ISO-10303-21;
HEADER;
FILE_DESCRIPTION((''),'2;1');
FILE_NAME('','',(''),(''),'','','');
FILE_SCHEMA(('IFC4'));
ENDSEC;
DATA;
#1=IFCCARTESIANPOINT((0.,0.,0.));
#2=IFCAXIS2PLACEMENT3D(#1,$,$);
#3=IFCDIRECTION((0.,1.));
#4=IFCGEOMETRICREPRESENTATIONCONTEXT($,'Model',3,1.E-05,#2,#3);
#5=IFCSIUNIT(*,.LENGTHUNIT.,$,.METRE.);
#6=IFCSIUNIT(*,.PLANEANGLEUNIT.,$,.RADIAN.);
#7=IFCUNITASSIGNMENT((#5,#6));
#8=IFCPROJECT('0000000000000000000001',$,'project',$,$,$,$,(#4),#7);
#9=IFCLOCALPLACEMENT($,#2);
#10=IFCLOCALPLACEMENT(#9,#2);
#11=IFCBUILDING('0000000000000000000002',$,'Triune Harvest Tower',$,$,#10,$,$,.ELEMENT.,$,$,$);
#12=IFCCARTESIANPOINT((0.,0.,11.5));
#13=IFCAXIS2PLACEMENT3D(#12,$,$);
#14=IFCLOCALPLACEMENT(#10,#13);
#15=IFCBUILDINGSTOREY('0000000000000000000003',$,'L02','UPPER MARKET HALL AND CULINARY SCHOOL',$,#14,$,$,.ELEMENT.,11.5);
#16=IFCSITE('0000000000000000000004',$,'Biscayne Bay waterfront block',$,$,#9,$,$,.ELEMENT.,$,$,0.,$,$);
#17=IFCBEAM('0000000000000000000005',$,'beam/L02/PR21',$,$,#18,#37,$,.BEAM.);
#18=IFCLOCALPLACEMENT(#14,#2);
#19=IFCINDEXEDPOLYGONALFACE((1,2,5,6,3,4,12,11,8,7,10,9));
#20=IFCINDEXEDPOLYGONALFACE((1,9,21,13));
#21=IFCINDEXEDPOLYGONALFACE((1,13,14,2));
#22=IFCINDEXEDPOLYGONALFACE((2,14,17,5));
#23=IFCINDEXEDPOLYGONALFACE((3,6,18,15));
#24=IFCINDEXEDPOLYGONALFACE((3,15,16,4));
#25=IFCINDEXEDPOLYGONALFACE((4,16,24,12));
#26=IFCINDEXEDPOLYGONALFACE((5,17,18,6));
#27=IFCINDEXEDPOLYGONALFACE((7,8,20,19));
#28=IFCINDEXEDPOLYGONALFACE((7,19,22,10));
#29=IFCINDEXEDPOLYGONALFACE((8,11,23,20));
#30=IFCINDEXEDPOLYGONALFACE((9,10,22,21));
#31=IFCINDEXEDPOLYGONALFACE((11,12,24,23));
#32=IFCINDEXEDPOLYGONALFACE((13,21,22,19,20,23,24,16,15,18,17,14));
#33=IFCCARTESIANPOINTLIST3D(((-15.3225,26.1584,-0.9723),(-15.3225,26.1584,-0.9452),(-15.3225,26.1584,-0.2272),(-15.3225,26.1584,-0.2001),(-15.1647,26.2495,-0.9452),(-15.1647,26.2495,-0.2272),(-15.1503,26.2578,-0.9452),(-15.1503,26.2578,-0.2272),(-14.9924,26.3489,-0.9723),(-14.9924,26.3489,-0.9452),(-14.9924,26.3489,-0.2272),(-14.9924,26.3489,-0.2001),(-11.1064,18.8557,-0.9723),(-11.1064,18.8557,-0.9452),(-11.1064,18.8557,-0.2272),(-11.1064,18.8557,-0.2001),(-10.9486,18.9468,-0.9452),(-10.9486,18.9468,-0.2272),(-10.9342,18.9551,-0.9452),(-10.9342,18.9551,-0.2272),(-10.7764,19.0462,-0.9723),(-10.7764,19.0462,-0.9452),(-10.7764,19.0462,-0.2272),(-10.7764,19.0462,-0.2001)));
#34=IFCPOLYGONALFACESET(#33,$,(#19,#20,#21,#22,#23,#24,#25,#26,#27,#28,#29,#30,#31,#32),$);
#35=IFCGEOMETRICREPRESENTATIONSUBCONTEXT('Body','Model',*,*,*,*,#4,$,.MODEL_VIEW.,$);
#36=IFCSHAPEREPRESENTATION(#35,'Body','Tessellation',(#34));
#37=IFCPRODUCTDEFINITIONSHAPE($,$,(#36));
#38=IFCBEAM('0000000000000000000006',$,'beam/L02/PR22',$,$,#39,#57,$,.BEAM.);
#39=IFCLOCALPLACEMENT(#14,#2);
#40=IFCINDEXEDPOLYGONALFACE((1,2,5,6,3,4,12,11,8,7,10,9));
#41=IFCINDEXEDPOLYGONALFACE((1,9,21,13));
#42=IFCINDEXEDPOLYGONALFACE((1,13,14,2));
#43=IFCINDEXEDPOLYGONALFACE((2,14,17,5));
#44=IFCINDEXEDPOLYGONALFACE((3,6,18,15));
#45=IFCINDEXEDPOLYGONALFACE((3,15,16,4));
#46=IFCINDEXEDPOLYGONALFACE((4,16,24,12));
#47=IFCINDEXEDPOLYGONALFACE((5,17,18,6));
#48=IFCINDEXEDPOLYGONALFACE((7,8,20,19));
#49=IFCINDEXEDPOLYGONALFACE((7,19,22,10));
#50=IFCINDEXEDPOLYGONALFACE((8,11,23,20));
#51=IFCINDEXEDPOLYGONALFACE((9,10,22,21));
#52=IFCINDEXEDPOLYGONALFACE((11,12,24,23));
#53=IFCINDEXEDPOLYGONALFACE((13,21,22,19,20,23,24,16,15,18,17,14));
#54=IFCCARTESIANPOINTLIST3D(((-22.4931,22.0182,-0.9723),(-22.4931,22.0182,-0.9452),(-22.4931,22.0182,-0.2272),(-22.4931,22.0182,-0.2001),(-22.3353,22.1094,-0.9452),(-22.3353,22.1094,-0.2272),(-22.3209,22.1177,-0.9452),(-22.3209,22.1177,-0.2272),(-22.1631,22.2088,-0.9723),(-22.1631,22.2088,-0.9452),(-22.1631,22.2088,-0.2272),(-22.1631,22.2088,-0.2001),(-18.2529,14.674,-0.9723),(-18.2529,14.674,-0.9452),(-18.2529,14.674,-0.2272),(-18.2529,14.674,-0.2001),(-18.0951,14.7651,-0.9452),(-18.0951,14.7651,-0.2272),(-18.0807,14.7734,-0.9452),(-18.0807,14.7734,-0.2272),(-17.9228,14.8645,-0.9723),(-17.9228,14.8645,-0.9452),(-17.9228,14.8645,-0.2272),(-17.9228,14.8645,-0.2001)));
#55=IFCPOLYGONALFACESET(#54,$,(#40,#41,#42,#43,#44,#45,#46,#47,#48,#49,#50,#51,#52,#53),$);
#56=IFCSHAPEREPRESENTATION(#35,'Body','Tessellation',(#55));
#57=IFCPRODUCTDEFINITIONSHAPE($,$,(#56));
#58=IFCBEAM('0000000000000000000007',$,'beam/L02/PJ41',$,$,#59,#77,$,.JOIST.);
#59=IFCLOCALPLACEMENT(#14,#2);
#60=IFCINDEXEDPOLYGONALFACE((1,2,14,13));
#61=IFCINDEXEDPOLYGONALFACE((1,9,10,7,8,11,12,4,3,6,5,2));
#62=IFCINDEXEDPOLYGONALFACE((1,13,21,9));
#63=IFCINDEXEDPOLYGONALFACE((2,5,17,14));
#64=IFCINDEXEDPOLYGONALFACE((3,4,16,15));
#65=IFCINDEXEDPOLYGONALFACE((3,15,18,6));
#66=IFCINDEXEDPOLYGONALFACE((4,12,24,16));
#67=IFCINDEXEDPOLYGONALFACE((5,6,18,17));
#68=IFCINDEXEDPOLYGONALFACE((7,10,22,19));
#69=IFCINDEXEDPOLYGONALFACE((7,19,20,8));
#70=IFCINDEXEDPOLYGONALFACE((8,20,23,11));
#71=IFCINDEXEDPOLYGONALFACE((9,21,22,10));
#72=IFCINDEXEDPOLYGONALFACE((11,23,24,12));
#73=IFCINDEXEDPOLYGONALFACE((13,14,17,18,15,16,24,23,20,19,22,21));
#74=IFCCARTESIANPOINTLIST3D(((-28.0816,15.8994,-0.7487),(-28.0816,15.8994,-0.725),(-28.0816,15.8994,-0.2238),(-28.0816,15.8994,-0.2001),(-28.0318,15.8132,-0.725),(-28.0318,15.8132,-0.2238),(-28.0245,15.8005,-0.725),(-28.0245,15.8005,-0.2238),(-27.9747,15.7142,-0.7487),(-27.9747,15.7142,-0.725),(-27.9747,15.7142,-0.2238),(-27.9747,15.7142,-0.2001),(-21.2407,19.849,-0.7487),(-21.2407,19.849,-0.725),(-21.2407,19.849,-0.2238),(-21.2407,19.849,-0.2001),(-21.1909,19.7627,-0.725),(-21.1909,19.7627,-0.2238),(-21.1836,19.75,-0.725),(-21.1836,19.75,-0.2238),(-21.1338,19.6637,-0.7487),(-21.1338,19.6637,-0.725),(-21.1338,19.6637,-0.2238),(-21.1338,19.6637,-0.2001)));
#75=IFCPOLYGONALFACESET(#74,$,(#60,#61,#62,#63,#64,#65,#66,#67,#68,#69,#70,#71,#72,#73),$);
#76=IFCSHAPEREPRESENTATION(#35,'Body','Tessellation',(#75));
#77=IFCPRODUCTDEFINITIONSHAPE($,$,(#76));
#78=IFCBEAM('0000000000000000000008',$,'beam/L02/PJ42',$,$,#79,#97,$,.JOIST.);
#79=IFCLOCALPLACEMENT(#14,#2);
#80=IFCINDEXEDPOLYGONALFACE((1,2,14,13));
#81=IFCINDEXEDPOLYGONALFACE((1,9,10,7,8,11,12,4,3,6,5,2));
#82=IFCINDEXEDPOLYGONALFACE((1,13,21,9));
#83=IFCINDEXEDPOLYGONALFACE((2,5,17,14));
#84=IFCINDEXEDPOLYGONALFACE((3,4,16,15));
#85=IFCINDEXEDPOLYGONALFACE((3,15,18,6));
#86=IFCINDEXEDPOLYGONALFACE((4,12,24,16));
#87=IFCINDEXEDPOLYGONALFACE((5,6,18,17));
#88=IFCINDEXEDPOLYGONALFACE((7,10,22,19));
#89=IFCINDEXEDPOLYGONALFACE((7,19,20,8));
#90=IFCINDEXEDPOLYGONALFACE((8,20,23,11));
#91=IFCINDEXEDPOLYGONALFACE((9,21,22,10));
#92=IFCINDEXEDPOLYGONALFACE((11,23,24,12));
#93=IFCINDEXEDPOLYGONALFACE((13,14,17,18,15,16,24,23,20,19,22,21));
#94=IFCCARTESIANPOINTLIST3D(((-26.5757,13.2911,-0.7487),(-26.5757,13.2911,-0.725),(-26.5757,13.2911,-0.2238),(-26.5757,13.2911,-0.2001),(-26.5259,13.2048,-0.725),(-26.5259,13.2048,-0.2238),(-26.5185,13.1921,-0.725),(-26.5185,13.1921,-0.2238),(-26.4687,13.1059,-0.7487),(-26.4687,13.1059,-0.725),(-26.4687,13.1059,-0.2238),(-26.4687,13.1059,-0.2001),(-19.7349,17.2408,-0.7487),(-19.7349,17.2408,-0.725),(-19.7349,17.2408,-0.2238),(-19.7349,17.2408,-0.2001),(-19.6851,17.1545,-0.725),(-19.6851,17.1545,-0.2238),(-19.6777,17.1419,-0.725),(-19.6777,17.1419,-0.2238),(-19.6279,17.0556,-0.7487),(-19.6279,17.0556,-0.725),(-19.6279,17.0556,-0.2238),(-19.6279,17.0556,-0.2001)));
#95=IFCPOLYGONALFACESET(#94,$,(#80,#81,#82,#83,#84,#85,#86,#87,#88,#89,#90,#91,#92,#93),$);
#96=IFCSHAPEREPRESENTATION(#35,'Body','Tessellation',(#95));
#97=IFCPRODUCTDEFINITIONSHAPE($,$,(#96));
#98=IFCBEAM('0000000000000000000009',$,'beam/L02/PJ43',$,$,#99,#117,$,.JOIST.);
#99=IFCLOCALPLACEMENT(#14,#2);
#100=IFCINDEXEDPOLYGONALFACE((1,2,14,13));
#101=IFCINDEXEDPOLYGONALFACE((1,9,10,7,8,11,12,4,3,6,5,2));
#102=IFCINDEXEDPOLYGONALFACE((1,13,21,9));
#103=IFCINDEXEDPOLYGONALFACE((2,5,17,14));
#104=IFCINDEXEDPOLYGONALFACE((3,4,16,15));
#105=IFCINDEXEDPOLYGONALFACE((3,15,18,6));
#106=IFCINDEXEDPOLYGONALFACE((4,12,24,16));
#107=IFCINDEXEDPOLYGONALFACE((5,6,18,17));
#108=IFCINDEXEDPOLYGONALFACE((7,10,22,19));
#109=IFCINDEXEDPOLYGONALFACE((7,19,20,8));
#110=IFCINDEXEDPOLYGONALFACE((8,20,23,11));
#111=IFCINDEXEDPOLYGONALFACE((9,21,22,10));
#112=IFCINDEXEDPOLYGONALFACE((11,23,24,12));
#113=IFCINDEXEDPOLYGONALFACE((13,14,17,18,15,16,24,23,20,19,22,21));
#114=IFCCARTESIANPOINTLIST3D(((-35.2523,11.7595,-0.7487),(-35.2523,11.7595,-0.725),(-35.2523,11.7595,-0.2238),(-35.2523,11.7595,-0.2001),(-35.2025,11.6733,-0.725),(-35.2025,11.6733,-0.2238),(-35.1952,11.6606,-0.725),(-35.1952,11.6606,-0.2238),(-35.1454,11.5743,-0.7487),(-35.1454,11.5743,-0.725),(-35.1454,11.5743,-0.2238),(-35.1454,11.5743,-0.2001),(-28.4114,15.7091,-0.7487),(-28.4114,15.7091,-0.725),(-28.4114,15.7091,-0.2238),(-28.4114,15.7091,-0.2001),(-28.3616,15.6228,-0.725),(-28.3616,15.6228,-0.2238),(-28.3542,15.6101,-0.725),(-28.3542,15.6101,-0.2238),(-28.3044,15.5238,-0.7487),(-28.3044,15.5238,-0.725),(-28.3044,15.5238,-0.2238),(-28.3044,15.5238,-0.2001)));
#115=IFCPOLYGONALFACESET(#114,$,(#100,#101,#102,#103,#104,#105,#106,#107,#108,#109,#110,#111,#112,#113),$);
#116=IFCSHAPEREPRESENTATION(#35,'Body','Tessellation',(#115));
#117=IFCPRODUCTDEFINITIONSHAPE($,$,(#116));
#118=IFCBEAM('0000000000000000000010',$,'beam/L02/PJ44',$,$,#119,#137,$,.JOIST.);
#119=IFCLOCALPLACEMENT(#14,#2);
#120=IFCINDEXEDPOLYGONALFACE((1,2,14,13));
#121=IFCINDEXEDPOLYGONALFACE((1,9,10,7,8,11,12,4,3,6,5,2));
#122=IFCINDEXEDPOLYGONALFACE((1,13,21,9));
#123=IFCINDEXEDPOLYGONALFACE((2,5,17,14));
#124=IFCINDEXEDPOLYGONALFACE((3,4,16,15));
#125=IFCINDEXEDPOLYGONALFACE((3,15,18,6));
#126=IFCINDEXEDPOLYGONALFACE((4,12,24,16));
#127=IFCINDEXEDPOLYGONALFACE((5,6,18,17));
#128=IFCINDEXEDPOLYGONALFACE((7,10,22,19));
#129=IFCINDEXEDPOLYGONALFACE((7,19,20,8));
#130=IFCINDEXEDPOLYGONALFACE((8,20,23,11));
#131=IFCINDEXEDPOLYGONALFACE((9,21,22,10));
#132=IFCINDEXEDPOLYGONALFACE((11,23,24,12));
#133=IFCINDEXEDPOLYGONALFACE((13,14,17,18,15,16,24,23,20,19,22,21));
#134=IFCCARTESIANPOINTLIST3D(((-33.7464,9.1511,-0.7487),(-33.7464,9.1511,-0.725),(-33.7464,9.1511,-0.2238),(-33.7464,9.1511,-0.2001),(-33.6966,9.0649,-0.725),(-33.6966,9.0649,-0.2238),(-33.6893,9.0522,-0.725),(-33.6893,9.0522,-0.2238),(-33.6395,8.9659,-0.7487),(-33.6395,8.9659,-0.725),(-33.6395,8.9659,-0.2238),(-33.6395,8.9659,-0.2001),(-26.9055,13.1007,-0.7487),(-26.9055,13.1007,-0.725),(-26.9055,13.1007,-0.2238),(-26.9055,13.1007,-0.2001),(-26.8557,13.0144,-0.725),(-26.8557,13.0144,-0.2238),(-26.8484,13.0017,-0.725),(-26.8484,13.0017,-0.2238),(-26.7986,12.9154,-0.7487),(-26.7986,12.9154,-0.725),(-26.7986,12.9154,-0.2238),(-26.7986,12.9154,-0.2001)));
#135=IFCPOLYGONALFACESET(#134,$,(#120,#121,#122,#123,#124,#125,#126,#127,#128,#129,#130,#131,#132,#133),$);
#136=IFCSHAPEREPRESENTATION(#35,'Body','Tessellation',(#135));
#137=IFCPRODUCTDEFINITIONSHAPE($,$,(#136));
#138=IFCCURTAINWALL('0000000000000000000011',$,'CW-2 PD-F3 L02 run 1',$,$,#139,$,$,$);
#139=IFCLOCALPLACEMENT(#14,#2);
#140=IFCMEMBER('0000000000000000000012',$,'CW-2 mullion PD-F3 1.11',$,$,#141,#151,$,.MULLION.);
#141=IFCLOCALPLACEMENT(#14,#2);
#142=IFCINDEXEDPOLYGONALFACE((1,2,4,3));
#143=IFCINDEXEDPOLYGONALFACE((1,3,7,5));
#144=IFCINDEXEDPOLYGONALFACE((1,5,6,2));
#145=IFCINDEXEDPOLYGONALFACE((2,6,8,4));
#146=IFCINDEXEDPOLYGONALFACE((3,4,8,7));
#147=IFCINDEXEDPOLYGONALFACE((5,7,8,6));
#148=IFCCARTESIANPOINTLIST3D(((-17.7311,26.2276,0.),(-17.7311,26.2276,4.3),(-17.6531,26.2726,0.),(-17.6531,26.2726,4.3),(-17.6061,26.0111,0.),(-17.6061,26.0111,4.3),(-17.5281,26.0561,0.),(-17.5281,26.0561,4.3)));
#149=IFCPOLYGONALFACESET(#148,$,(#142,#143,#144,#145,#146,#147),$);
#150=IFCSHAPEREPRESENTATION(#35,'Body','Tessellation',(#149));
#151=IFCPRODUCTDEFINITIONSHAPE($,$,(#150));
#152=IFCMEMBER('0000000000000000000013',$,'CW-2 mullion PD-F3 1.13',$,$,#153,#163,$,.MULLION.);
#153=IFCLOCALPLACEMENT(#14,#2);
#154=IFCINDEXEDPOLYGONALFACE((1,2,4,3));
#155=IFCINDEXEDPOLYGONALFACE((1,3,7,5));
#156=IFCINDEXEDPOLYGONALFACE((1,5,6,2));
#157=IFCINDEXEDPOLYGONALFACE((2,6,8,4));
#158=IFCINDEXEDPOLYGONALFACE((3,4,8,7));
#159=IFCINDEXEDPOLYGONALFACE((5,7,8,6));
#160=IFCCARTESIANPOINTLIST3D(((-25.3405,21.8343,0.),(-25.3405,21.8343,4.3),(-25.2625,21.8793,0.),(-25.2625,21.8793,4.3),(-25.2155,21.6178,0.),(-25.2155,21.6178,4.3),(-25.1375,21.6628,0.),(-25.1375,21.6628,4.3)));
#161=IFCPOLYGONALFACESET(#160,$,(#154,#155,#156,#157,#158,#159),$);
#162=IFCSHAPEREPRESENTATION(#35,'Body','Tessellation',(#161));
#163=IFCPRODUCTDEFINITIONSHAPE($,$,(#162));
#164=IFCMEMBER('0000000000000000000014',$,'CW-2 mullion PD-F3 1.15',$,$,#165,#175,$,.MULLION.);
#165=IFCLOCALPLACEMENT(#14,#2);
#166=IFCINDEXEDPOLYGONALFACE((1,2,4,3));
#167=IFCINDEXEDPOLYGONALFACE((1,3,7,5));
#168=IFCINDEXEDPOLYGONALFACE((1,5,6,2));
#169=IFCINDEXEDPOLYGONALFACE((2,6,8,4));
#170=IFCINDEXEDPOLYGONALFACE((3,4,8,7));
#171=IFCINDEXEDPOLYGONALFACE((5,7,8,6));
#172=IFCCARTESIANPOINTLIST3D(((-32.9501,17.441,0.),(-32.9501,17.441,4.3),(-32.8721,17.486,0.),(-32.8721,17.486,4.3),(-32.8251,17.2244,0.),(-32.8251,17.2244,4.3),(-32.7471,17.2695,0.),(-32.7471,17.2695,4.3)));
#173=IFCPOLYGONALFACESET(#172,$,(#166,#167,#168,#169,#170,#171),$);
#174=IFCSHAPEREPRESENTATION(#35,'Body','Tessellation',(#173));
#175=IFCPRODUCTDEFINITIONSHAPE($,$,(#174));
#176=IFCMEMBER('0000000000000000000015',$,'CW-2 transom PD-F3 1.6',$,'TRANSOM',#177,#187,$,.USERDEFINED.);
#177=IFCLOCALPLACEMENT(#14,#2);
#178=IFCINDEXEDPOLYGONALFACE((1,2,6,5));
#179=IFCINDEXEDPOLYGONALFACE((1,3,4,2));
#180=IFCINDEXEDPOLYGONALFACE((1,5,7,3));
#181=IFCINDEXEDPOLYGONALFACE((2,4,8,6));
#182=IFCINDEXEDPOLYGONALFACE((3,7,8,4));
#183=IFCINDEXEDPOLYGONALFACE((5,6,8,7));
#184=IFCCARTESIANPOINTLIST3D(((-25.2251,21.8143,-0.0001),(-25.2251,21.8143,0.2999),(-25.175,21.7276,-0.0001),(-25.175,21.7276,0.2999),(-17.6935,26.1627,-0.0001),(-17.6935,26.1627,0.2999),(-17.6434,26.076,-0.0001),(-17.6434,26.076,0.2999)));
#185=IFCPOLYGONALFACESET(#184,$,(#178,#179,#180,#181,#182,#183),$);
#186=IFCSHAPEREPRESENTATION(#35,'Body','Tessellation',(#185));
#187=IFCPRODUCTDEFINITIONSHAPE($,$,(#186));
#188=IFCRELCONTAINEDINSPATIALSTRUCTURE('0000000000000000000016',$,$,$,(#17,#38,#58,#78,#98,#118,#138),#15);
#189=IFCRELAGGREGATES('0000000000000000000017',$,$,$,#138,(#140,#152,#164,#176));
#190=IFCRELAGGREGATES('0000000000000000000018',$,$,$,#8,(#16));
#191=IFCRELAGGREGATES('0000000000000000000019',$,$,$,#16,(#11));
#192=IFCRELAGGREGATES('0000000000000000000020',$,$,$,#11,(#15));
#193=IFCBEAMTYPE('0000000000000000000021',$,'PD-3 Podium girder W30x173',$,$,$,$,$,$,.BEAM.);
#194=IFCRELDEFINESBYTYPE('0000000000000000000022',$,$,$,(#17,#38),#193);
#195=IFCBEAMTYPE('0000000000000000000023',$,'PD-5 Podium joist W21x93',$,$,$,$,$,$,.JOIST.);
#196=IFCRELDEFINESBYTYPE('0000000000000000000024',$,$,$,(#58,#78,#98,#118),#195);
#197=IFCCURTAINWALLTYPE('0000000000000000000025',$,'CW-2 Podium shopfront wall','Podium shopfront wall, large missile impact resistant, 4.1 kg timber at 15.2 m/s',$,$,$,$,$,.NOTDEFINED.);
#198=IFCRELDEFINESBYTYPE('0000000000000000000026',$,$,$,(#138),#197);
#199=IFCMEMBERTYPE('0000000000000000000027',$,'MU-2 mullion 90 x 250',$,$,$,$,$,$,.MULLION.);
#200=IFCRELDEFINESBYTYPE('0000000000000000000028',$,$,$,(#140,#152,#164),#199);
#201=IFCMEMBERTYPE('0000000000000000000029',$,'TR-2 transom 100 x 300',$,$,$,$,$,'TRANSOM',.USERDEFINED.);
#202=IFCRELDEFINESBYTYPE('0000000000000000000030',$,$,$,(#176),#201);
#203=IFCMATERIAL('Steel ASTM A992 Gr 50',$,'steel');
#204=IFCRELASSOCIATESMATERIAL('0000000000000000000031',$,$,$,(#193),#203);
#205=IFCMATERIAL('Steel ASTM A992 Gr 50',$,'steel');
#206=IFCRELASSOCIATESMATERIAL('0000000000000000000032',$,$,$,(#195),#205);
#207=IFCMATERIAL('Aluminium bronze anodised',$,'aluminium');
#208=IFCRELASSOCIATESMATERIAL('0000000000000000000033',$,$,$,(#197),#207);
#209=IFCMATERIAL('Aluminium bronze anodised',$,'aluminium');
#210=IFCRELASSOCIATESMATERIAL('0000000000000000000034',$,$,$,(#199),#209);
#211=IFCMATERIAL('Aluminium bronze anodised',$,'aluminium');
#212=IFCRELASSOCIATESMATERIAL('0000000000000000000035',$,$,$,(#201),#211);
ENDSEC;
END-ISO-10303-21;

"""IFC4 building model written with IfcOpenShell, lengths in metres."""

from ifc_helpers import new_model, si_unit, direction, frame, origin, origin_2d, place, context, subcontext, project, spatial, rectangle, i_section, extrude, source, transform, mapped, material, material_profile, profile_set, type_object, element, aggregate, save


model = new_model("IFC4")

# Units and contexts
model_context = context("Model", 3, precision=1e-05, world=origin(), true_north=direction((0.0, 1.0)))
body_context = subcontext(model_context, "Body", "Model", "MODEL_VIEW")
ifc_project = project(units=[si_unit("LENGTHUNIT", "METRE"), si_unit("PLANEANGLEUNIT", "RADIAN")], contexts=[model_context])

# Site, building, storey
site_placement = place(None, origin())
site = spatial("IfcSite", under=ifc_project, at=site_placement, Name="Biscayne Bay waterfront block", CompositionType="ELEMENT", RefElevation=0.0)
building_placement = place(site_placement, origin())
building = spatial("IfcBuilding", under=site, at=building_placement, Name="Triune Harvest Tower", CompositionType="ELEMENT")
storey_placement = place(building_placement, frame((0.0, 0.0, 11.5)))
storey = spatial("IfcBuildingStorey", under=building, at=storey_placement, Name="L02", Description="UPPER MARKET HALL AND CULINARY SCHOOL", CompositionType="ELEMENT", Elevation=11.5)

# Beams
ifc_material_1 = material(Name="Steel ASTM A992 Gr 50", Category="steel")
ifc_material_profile_1 = material_profile(ifc_material_1, i_section(OverallWidth=0.3811, OverallDepth=0.7722, WebThickness=0.0166, FlangeThickness=0.0271, at=origin_2d()), Name="W30x173")
ifc_profile_set_1 = profile_set([ifc_material_profile_1], Name="Steel ASTM A992 Gr 50")
beam_type_1 = type_object("IfcBeamType", Name="PD-3 Podium girder W30x173", PredefinedType="BEAM", material=ifc_profile_set_1)
shared_shape_1 = source(origin(), body_context, "Body", "SweptSolid", [
    extrude(i_section(OverallWidth=0.3811, OverallDepth=0.7722, WebThickness=0.0166, FlangeThickness=0.0271, at=origin_2d()), origin(), (0.0, 0.0, 1.0), 8.4324),
])
beam_1_placement = place(storey_placement, frame((-15.1575, 26.2537, -0.5862), z_axis=(0.499985, -0.866034, 0.0), x_axis=(0.866034, 0.499985, 0.0)))
element("IfcBeam", 1, at=beam_1_placement, inside=storey, type_object=beam_type_1, Name="beam/L02/PR21", PredefinedType="BEAM", context=body_context, shape_type="MappedRepresentation", body=[
    mapped(shared_shape_1, transform((0.0, 0.0, 0.0), scale=1.0)),
])
shared_shape_2 = source(origin(), body_context, "Body", "SweptSolid", [
    extrude(i_section(OverallWidth=0.3811, OverallDepth=0.7722, WebThickness=0.0166, FlangeThickness=0.0271, at=origin_2d()), origin(), (0.0, 0.0, 1.0), 8.4805),
])
beam_2_placement = place(storey_placement, frame((-22.3281, 22.1135, -0.5862), z_axis=(0.500003, -0.866024, 0.0), x_axis=(0.866024, 0.500003, 0.0)))
element("IfcBeam", 2, at=beam_2_placement, inside=storey, type_object=beam_type_1, Name="beam/L02/PR22", PredefinedType="BEAM", context=body_context, shape_type="MappedRepresentation", body=[
    mapped(shared_shape_2, transform((0.0, 0.0, 0.0), scale=1.0)),
])
ifc_material_2 = material(Name="Steel ASTM A992 Gr 50", Category="steel")
ifc_material_profile_2 = material_profile(ifc_material_2, i_section(OverallWidth=0.2139, OverallDepth=0.5486, WebThickness=0.0146, FlangeThickness=0.0237, at=origin_2d()), Name="W21x93")
ifc_profile_set_2 = profile_set([ifc_material_profile_2], Name="Steel ASTM A992 Gr 50")
beam_type_2 = type_object("IfcBeamType", Name="PD-5 Podium joist W21x93", PredefinedType="JOIST", material=ifc_profile_set_2)
shared_shape_3 = source(origin(), body_context, "Body", "SweptSolid", [
    extrude(i_section(OverallWidth=0.2139, OverallDepth=0.5486, WebThickness=0.0146, FlangeThickness=0.0237, at=origin_2d()), origin(), (0.0, 0.0, 1.0), 7.8992),
])
for number, where, z_axis, x_axis, name in (
    (3, (-21.1873, 19.7563, -0.4744), (-0.86603, -0.499992, 0.0), (0.499992, -0.86603, 0.0), "beam/L02/PJ41"),
    (4, (-19.6814, 17.1482, -0.4744), (-0.866017, -0.500015, 0.0), (0.500015, -0.866017, 0.0), "beam/L02/PJ42"),
    (5, (-28.3579, 15.6165, -0.4744), (-0.86603, -0.499992, 0.0), (0.499992, -0.86603, 0.0), "beam/L02/PJ43"),
    (6, (-26.8521, 13.0081, -0.4744), (-0.86603, -0.499992, 0.0), (0.499992, -0.86603, 0.0), "beam/L02/PJ44"),
):
    element("IfcBeam", number, at=place(storey_placement, frame(where, z_axis=z_axis, x_axis=x_axis)), inside=storey, type_object=beam_type_2, Name=name, PredefinedType="JOIST", context=body_context, shape_type="MappedRepresentation", body=[
        mapped(shared_shape_3, transform((0.0, 0.0, 0.0), scale=1.0)),
    ])

# Curtain wall, members
ifc_material_3 = material(Name="Aluminium bronze anodised", Category="aluminium")
curtain_wall_type = type_object("IfcCurtainWallType", Name="CW-2 Podium shopfront wall", Description="Podium shopfront wall, large missile impact resistant, 4.1 kg timber at 15.2 m/s", PredefinedType="NOTDEFINED", material=ifc_material_3)
curtain_wall_placement = place(storey_placement, origin())
curtain_wall = element("IfcCurtainWall", 7, at=curtain_wall_placement, inside=storey, type_object=curtain_wall_type, Name="CW-2 PD-F3 L02 run 1")
ifc_material_4 = material(Name="Aluminium bronze anodised", Category="aluminium")
ifc_material_profile_3 = material_profile(ifc_material_4, rectangle(XDim=0.25, YDim=0.0901, at=origin_2d()), Name="MU-2 mullion 90 x 250")
ifc_profile_set_3 = profile_set([ifc_material_profile_3], Name="Aluminium bronze anodised")
member_type_1 = type_object("IfcMemberType", Name="MU-2 mullion 90 x 250", PredefinedType="MULLION", material=ifc_profile_set_3)
shared_shape_4 = source(origin(), body_context, "Body", "SweptSolid", [
    extrude(rectangle(XDim=0.25, YDim=0.0901, at=origin_2d()), origin(), (0.0, 0.0, 1.0), 4.3),
])
member_1_placement = place(storey_placement, frame((-17.6296, 26.1418, 0.0), z_axis=(0.0, 0.0, 1.0), x_axis=(0.5, -0.866025, 0.0)))
member_1 = element("IfcMember", 8, at=member_1_placement, type_object=member_type_1, Name="CW-2 mullion PD-F3 1.11", PredefinedType="MULLION", context=body_context, shape_type="MappedRepresentation", body=[
    mapped(shared_shape_4, transform((0.0, 0.0, 0.0), scale=1.0)),
])
member_2_placement = place(storey_placement, frame((-25.239, 21.7485, 0.0), z_axis=(0.0, 0.0, 1.0), x_axis=(0.5, -0.866025, 0.0)))
member_2 = element("IfcMember", 9, at=member_2_placement, type_object=member_type_1, Name="CW-2 mullion PD-F3 1.13", PredefinedType="MULLION", context=body_context, shape_type="MappedRepresentation", body=[
    mapped(shared_shape_4, transform((0.0, 0.0, 0.0), scale=1.0)),
])
member_3_placement = place(storey_placement, frame((-32.8486, 17.3552, 0.0), z_axis=(0.0, 0.0, 1.0), x_axis=(0.5, -0.866025, 0.0)))
member_3 = element("IfcMember", 10, at=member_3_placement, type_object=member_type_1, Name="CW-2 mullion PD-F3 1.15", PredefinedType="MULLION", context=body_context, shape_type="MappedRepresentation", body=[
    mapped(shared_shape_4, transform((0.0, 0.0, 0.0), scale=1.0)),
])
ifc_material_5 = material(Name="Aluminium bronze anodised", Category="aluminium")
ifc_material_profile_4 = material_profile(ifc_material_5, rectangle(XDim=0.1001, YDim=0.3, at=origin_2d()), Name="TR-2 transom 100 x 300")
ifc_profile_set_4 = profile_set([ifc_material_profile_4], Name="Aluminium bronze anodised")
member_type_2 = type_object("IfcMemberType", Name="TR-2 transom 100 x 300", ElementType="TRANSOM", PredefinedType="USERDEFINED", material=ifc_profile_set_4)
shared_shape_5 = source(origin(), body_context, "Body", "SweptSolid", [
    extrude(rectangle(XDim=0.1001, YDim=0.3, at=origin_2d()), origin(), (0.0, 0.0, 1.0), 8.6968),
])
member_4_placement = place(storey_placement, frame((-17.6685, 26.1194, 0.1499), z_axis=(-0.866021, -0.500007, 0.0), x_axis=(0.500007, -0.866021, 0.0)))
member_4 = element("IfcMember", 11, at=member_4_placement, type_object=member_type_2, Name="CW-2 transom PD-F3 1.6", ObjectType="TRANSOM", PredefinedType="USERDEFINED", context=body_context, shape_type="MappedRepresentation", body=[
    mapped(shared_shape_5, transform((0.0, 0.0, 0.0), scale=1.0)),
])
aggregate(curtain_wall, [member_1, member_2, member_3, member_4])

save(model, "model.ifc")
